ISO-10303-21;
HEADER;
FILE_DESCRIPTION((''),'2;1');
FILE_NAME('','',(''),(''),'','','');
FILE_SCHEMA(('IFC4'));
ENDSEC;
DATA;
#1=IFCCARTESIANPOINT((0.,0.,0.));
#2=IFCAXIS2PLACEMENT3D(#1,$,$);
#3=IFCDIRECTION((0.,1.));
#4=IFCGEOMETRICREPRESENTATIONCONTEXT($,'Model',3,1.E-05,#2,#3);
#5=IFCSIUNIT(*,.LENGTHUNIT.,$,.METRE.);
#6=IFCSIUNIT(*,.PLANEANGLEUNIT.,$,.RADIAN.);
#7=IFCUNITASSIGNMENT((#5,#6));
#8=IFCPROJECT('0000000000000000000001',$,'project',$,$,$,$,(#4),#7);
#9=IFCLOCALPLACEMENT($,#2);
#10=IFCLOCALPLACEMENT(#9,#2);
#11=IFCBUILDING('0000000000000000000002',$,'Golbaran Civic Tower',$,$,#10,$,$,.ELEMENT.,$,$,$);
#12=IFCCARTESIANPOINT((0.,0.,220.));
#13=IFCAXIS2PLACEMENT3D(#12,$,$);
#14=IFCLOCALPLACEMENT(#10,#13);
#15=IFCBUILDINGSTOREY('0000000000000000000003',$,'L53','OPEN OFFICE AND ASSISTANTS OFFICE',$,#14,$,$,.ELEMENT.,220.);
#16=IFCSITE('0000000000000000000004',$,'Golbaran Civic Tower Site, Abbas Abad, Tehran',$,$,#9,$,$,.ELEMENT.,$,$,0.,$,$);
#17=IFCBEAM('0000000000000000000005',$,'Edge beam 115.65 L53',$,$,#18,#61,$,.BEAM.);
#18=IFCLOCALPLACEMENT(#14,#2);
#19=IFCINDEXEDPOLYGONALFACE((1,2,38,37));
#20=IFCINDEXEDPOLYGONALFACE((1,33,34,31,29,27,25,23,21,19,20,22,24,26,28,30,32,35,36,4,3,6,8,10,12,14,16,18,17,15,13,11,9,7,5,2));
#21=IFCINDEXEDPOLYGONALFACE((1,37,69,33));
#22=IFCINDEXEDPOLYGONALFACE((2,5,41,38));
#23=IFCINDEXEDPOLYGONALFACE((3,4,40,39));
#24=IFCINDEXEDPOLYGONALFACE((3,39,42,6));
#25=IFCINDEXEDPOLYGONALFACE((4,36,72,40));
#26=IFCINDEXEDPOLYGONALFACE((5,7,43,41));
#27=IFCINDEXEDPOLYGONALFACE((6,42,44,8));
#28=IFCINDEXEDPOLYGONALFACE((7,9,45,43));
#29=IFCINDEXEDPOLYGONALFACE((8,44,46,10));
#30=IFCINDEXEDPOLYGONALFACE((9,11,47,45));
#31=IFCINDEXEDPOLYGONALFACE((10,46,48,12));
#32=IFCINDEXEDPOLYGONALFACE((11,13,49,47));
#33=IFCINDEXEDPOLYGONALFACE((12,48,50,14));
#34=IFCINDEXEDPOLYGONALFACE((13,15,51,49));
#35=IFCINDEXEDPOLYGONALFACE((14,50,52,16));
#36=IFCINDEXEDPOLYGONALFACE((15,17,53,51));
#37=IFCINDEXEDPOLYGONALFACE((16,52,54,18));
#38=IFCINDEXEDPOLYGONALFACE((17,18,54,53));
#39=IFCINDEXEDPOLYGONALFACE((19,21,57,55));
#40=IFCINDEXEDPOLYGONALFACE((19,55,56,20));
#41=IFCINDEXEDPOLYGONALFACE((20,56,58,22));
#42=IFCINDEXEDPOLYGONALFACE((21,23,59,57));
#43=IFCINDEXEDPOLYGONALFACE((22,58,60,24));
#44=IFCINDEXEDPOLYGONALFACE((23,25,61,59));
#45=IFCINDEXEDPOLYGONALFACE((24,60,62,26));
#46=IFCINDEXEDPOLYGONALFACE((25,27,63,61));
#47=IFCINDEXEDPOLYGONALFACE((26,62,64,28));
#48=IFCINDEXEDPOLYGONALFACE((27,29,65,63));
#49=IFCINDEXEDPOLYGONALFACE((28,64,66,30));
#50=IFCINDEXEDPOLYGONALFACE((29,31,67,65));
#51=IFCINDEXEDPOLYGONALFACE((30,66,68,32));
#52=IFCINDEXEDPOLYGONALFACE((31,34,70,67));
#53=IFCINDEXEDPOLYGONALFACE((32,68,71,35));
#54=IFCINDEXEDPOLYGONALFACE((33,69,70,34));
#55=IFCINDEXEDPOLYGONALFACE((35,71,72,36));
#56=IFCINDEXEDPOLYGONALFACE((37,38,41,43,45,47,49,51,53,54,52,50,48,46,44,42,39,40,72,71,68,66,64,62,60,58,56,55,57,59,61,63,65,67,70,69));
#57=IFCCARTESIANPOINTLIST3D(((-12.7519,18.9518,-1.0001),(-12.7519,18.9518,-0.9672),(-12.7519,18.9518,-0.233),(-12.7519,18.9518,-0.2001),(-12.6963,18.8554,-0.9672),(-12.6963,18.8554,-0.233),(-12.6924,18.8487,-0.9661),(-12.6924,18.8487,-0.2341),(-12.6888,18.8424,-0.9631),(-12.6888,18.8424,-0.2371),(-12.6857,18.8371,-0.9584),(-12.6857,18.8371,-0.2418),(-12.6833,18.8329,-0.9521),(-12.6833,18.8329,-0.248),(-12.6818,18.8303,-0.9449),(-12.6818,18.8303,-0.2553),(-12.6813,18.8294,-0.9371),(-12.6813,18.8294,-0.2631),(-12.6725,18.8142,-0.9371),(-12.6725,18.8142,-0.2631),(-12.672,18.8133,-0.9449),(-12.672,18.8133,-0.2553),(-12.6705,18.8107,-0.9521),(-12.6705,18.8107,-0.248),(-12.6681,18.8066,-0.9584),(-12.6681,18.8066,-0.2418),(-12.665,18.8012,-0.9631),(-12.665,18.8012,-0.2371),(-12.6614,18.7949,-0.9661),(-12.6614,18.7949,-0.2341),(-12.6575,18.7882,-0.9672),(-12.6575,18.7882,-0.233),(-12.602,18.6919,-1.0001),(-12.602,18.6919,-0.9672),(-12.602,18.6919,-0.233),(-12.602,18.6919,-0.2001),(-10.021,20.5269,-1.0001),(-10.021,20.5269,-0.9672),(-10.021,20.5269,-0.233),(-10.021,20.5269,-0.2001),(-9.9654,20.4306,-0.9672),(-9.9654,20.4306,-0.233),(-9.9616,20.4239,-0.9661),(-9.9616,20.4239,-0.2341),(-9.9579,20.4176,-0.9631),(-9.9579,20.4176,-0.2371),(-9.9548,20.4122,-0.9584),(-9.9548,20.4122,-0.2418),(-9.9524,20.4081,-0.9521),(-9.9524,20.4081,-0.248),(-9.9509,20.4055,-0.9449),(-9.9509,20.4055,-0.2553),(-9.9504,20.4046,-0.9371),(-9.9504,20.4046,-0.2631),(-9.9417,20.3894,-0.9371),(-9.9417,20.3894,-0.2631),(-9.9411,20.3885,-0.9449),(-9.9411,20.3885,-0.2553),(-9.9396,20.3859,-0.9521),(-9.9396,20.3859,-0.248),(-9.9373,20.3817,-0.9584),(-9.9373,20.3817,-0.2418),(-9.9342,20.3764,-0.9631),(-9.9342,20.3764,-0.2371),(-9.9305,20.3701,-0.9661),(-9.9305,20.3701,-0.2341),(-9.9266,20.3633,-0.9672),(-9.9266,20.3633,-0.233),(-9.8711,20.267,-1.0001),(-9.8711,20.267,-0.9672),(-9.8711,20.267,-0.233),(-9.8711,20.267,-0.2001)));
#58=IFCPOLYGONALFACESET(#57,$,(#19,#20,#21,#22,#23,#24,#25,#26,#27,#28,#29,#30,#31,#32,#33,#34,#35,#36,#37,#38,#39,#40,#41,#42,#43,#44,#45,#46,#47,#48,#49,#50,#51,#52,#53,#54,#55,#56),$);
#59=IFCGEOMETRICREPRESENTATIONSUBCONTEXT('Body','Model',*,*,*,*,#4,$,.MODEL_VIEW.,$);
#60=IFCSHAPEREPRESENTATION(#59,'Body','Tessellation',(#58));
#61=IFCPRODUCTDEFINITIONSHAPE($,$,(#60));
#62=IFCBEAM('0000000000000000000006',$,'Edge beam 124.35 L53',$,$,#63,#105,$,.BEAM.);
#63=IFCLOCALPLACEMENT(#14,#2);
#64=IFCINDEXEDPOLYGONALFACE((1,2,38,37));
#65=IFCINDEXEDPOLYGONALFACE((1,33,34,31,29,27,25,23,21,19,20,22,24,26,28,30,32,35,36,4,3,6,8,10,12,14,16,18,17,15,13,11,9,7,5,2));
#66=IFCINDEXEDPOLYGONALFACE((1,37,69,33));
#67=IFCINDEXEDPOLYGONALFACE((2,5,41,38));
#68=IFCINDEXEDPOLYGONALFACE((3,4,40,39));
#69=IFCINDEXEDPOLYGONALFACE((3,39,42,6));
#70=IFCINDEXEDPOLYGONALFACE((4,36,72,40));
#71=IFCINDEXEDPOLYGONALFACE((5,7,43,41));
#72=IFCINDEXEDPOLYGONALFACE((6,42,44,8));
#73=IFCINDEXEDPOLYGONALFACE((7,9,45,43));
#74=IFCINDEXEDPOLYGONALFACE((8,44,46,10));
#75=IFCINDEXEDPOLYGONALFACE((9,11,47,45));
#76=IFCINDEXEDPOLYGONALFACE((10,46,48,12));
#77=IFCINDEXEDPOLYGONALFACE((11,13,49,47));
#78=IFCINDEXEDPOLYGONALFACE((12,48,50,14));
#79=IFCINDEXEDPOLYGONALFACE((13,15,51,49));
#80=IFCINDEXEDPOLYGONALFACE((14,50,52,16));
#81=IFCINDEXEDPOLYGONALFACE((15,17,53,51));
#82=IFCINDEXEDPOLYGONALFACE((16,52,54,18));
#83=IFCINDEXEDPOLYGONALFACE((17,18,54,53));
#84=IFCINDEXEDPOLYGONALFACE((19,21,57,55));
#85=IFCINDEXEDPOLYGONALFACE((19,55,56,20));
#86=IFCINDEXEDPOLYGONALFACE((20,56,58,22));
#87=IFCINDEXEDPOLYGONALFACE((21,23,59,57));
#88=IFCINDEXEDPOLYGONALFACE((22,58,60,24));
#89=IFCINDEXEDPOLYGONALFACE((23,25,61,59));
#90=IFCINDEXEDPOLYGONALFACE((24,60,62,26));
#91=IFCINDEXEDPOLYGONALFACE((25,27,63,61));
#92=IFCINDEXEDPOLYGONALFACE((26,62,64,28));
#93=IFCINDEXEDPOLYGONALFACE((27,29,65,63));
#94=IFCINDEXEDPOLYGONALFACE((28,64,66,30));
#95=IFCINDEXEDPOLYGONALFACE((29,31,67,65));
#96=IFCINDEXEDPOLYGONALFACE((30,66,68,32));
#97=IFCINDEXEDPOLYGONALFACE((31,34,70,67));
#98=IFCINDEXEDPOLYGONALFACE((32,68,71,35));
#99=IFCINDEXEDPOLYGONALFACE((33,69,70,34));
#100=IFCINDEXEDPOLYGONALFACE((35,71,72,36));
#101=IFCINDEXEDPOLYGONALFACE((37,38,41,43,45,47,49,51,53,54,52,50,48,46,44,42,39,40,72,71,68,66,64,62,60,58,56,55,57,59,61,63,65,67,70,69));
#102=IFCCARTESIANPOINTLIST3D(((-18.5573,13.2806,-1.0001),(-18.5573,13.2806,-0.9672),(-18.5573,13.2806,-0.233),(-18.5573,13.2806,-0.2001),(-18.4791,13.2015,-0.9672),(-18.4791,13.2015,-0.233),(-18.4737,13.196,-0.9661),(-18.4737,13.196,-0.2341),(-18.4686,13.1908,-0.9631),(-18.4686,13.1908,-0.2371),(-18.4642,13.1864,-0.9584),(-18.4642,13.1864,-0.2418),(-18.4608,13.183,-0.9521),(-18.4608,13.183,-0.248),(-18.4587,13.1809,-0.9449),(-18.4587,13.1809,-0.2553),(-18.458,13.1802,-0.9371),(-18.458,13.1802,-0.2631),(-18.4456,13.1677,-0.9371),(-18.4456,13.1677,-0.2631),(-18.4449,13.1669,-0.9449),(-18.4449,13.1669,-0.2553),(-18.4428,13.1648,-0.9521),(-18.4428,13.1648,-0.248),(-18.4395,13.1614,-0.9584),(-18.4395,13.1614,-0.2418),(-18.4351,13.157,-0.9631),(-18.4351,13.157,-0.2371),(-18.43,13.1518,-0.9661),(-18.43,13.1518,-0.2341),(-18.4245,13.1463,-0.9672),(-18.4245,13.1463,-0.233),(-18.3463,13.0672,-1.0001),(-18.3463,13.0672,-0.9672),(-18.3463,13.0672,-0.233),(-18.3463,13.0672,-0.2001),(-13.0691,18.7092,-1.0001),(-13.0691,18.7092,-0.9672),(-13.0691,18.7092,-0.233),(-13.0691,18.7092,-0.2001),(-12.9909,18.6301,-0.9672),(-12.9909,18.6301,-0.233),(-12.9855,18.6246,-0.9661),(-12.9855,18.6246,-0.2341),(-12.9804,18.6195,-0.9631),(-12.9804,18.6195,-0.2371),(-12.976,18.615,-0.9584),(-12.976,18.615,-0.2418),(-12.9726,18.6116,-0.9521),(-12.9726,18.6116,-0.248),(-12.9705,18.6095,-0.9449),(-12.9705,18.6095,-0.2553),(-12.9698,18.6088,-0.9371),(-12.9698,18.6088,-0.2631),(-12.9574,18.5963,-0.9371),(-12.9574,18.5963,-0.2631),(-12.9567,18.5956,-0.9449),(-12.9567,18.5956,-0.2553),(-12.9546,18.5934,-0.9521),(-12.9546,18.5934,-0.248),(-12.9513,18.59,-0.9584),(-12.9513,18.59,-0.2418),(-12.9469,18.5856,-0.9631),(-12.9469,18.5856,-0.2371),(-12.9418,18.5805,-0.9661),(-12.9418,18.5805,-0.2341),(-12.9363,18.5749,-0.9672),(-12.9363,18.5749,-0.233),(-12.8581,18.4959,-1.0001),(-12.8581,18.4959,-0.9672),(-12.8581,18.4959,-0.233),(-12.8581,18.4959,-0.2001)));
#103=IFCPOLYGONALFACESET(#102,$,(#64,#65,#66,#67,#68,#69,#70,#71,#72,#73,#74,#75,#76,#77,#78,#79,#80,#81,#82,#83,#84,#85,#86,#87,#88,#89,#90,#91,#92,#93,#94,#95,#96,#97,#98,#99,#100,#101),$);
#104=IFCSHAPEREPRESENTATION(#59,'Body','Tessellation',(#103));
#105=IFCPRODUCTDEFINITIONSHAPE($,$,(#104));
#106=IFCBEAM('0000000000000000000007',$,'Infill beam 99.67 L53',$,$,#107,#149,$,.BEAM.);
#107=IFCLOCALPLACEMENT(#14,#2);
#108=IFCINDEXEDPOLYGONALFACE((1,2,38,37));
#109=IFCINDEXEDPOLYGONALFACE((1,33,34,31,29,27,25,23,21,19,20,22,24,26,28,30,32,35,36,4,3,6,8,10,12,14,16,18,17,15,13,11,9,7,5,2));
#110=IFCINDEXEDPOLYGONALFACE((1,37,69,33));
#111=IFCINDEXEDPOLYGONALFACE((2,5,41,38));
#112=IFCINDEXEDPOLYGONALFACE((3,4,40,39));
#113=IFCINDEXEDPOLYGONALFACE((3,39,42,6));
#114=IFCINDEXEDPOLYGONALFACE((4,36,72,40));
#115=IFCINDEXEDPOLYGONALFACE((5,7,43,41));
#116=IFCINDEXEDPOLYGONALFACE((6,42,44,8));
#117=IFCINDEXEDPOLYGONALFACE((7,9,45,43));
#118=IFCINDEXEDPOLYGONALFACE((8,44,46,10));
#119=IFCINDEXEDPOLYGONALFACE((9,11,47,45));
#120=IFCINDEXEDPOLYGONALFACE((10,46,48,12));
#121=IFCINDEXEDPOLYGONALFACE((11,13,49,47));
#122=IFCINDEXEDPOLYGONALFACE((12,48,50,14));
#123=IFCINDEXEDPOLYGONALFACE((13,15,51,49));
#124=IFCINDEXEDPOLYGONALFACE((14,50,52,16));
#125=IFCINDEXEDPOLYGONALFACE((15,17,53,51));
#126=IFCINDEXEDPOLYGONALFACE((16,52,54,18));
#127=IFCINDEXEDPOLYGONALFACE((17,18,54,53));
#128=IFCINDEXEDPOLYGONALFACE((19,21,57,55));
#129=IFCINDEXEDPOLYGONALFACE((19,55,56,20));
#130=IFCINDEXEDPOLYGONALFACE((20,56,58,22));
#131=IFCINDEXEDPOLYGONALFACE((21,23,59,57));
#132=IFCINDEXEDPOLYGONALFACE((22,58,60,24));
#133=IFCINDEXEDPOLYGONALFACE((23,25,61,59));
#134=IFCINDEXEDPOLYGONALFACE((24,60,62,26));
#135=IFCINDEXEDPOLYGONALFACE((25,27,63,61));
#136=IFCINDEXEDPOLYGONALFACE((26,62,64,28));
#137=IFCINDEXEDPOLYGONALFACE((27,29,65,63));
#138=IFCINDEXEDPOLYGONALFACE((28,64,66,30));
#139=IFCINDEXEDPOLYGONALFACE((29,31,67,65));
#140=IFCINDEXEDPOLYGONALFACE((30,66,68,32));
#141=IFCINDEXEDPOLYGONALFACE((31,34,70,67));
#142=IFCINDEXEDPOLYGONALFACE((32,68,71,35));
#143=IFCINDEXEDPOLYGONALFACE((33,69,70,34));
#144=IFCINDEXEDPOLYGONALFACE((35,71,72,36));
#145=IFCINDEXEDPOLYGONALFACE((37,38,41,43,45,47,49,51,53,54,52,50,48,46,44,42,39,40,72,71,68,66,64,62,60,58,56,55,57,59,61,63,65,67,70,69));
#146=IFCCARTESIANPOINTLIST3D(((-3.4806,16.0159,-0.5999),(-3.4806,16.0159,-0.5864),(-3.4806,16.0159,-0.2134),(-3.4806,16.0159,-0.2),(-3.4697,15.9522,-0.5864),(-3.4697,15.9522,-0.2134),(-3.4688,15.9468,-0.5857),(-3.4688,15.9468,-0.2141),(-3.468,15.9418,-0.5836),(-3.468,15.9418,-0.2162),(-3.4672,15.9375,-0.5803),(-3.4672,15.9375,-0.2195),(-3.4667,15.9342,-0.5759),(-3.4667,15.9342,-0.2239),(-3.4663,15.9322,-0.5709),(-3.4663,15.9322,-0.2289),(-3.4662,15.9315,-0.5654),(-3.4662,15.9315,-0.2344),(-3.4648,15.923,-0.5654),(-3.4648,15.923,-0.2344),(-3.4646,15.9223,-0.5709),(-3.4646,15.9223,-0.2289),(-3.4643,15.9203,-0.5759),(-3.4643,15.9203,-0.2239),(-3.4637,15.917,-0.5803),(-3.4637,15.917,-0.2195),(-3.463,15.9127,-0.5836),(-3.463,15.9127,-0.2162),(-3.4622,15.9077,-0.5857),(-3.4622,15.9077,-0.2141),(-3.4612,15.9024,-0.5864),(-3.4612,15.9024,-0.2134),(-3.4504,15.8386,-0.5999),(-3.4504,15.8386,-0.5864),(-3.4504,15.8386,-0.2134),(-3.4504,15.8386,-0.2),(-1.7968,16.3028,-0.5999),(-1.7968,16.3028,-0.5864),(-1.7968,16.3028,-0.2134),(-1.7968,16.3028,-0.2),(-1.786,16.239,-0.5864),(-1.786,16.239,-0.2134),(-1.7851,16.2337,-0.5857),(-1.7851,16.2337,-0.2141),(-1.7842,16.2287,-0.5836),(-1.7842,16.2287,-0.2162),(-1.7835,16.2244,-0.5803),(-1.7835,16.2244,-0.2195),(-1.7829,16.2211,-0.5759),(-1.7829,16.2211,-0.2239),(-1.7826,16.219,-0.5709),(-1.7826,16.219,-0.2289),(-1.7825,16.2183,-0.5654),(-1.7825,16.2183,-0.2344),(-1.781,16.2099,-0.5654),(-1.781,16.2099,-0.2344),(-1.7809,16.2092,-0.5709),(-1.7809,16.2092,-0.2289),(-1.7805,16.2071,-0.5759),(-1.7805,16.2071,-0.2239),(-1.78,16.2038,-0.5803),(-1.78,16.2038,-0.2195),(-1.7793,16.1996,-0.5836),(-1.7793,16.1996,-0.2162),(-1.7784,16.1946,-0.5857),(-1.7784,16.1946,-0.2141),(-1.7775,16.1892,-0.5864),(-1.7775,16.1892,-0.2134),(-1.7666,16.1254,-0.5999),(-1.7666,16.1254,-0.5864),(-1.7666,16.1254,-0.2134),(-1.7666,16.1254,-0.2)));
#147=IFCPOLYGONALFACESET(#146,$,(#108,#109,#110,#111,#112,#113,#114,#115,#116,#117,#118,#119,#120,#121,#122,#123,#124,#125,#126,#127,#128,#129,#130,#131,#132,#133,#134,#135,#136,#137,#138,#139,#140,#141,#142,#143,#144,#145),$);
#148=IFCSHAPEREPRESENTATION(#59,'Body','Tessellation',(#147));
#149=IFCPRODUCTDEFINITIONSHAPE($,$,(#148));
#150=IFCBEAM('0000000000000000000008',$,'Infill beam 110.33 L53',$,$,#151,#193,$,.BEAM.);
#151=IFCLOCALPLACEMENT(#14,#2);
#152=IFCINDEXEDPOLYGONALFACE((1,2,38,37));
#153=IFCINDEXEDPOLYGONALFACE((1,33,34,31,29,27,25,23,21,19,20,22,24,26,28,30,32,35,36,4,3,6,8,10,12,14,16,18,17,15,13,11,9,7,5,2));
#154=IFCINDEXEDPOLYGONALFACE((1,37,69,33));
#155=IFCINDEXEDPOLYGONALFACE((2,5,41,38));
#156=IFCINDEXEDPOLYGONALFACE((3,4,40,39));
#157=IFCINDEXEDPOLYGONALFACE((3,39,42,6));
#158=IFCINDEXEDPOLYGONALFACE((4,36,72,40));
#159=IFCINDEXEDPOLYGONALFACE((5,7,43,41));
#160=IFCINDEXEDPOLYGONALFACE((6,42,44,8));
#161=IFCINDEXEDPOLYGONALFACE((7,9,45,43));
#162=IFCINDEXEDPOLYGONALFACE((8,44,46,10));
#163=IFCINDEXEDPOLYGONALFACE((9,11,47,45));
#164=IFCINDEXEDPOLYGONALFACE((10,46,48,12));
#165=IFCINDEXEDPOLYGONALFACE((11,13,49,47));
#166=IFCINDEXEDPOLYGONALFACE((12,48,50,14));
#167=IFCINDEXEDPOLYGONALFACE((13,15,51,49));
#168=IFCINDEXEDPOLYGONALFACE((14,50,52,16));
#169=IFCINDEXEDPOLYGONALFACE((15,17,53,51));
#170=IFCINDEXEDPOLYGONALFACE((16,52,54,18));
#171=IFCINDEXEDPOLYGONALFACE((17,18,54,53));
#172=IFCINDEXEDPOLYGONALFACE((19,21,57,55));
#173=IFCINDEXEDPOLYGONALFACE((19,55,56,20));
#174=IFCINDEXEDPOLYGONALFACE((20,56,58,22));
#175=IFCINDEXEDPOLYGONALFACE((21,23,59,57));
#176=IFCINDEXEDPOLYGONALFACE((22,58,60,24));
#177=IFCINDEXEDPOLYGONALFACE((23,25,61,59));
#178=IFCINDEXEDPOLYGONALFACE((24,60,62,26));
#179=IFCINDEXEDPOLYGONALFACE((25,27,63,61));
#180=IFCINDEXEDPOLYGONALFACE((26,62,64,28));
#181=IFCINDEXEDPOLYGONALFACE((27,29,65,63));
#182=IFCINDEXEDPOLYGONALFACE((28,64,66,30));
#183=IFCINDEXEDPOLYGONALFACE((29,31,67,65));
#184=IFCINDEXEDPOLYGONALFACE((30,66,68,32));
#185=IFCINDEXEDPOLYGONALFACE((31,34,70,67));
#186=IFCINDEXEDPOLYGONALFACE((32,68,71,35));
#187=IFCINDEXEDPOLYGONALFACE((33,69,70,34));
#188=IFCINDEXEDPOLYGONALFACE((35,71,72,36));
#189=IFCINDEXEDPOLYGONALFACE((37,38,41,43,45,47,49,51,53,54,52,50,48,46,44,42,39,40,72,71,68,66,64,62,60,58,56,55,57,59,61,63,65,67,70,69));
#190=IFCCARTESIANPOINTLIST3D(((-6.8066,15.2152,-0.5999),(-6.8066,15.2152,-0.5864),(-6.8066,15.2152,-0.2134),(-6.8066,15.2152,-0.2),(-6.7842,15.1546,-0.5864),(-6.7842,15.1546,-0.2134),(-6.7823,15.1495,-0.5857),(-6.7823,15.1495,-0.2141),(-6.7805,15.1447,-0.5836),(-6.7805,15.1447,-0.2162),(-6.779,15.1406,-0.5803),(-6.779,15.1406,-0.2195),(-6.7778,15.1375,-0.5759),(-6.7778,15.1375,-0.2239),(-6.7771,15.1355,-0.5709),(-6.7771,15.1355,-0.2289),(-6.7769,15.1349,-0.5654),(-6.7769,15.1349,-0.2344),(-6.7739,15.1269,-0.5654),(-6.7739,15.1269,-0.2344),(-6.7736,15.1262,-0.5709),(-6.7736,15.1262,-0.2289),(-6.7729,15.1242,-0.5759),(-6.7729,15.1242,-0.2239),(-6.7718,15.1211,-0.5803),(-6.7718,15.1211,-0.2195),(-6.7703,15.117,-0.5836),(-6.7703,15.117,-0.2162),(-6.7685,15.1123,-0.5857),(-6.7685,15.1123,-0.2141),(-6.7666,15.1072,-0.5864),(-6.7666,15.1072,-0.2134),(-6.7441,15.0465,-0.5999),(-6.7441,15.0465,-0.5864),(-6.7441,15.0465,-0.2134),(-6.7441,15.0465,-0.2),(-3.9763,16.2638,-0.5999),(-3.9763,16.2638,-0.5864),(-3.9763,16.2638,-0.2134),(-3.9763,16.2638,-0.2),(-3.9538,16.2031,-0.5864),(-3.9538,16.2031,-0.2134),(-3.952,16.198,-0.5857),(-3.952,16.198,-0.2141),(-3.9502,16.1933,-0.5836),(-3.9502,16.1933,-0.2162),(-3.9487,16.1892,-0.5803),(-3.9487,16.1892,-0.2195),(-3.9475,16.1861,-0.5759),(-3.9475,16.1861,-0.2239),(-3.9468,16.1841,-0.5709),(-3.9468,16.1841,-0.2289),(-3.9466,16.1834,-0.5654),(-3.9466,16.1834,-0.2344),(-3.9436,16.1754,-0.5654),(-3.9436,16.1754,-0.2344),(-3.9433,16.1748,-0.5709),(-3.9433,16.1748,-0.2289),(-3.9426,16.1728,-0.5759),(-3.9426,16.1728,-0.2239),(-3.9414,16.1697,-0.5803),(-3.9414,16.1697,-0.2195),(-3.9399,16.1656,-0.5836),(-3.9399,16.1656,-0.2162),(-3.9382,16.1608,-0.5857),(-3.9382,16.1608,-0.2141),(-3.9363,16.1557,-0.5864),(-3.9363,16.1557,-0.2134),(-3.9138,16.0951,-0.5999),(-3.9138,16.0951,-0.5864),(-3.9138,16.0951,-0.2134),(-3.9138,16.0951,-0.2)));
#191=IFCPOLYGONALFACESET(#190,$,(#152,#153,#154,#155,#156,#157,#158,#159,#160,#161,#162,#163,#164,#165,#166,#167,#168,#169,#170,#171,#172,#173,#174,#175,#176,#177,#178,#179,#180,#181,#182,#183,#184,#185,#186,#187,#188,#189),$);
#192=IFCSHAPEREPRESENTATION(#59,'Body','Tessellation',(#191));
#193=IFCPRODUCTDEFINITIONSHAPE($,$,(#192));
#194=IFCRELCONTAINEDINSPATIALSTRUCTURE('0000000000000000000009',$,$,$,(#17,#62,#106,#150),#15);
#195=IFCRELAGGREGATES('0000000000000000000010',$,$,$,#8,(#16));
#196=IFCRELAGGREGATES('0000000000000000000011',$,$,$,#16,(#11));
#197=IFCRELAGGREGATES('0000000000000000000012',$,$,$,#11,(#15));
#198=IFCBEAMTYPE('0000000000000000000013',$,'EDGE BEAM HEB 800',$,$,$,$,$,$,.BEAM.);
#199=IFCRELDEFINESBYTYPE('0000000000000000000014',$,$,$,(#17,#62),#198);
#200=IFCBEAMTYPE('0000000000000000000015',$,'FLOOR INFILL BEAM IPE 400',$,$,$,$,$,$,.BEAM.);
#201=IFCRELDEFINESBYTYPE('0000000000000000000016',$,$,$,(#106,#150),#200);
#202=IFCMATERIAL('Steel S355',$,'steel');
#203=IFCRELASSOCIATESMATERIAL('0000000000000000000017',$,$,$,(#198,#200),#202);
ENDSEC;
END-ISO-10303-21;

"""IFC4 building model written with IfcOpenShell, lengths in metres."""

from ifc_helpers import new_model, si_unit, direction, frame, origin, origin_2d, place, context, subcontext, project, spatial, i_section, extrude, material, material_profile, profile_set, type_object, element, save


model = new_model("IFC4")

# Units and contexts
model_context = context("Model", 3, precision=1e-05, world=origin(), true_north=direction((0.0, 1.0)))
body_context = subcontext(model_context, "Body", "Model", "MODEL_VIEW")
ifc_project = project(units=[si_unit("LENGTHUNIT", "METRE"), si_unit("PLANEANGLEUNIT", "RADIAN")], contexts=[model_context])

# Site, building, storey
site_placement = place(None, origin())
site = spatial("IfcSite", under=ifc_project, at=site_placement, Name="Golbaran Civic Tower Site, Abbas Abad, Tehran", CompositionType="ELEMENT", RefElevation=0.0)
building_placement = place(site_placement, origin())
building = spatial("IfcBuilding", under=site, at=building_placement, Name="Golbaran Civic Tower", CompositionType="ELEMENT")
storey_placement = place(building_placement, frame((0.0, 0.0, 220.0)))
storey = spatial("IfcBuildingStorey", under=building, at=storey_placement, Name="L53", Description="OPEN OFFICE AND ASSISTANTS OFFICE", CompositionType="ELEMENT", Elevation=220.0)

# Beams
ifc_material_1 = material(Name="Steel S355", Category="steel")
ifc_material_profile_1 = material_profile(ifc_material_1, i_section(OverallWidth=0.3, OverallDepth=0.8, WebThickness=0.0176, FlangeThickness=0.033, FilletRadius=0.03, at=origin_2d()), Name="HEB 800")
ifc_profile_set_1 = profile_set([ifc_material_profile_1], Name="Steel S355")
beam_type_1 = type_object("IfcBeamType", Name="EDGE BEAM HEB 800", PredefinedType="BEAM", material=ifc_profile_set_1)
beam_1_placement = place(storey_placement, frame((-9.946, 20.397, -0.6001), z_axis=(-0.866235, -0.499638, 0.0), x_axis=(0.499638, -0.866235, 0.0)))
element("IfcBeam", 1, at=beam_1_placement, inside=storey, type_object=beam_type_1, Name="Edge beam 115.65 L53", PredefinedType="BEAM", context=body_context, shape_type="SweptSolid", body=[
    extrude(i_section(OverallWidth=0.3, OverallDepth=0.8, WebThickness=0.0176, FlangeThickness=0.033, FilletRadius=0.03, at=origin_2d()), origin(), (0.0, 0.0, 1.0), 3.1526),
])
beam_2_placement = place(storey_placement, frame((-12.9636, 18.6025, -0.6001), z_axis=(-0.710955, -0.703238, 0.0), x_axis=(0.703238, -0.710955, 0.0)))
element("IfcBeam", 2, at=beam_2_placement, inside=storey, type_object=beam_type_1, Name="Edge beam 124.35 L53", PredefinedType="BEAM", context=body_context, shape_type="SweptSolid", body=[
    extrude(i_section(OverallWidth=0.3, OverallDepth=0.8, WebThickness=0.0176, FlangeThickness=0.033, FilletRadius=0.03, at=origin_2d()), origin(), (0.0, 0.0, 1.0), 7.7195),
])
ifc_material_profile_2 = material_profile(ifc_material_1, i_section(OverallWidth=0.1799, OverallDepth=0.3999, WebThickness=0.0085, FlangeThickness=0.0134, FilletRadius=0.021, at=origin_2d()), Name="IPE 400")
ifc_profile_set_2 = profile_set([ifc_material_profile_2], Name="Steel S355")
beam_type_2 = type_object("IfcBeamType", Name="FLOOR INFILL BEAM IPE 400", PredefinedType="BEAM", material=ifc_profile_set_2)
beam_3_placement = place(storey_placement, frame((-1.7817, 16.2141, -0.3999), z_axis=(-0.985797, -0.167944, 0.0), x_axis=(0.167944, -0.985797, 0.0)))
element("IfcBeam", 3, at=beam_3_placement, inside=storey, type_object=beam_type_2, Name="Infill beam 99.67 L53", PredefinedType="BEAM", context=body_context, shape_type="SweptSolid", body=[
    extrude(i_section(OverallWidth=0.1799, OverallDepth=0.3999, WebThickness=0.0085, FlangeThickness=0.0134, FilletRadius=0.021, at=origin_2d()), origin(), (0.0, 0.0, 1.0), 1.708),
])
beam_4_placement = place(storey_placement, frame((-3.9451, 16.1794, -0.3999), z_axis=(-0.937715, -0.347407, 0.0), x_axis=(0.347407, -0.937715, 0.0)))
element("IfcBeam", 4, at=beam_4_placement, inside=storey, type_object=beam_type_2, Name="Infill beam 110.33 L53", PredefinedType="BEAM", context=body_context, shape_type="SweptSolid", body=[
    extrude(i_section(OverallWidth=0.1799, OverallDepth=0.3999, WebThickness=0.0085, FlangeThickness=0.0134, FilletRadius=0.021, at=origin_2d()), origin(), (0.0, 0.0, 1.0), 3.0183),
])

save(model, "model.ifc")
